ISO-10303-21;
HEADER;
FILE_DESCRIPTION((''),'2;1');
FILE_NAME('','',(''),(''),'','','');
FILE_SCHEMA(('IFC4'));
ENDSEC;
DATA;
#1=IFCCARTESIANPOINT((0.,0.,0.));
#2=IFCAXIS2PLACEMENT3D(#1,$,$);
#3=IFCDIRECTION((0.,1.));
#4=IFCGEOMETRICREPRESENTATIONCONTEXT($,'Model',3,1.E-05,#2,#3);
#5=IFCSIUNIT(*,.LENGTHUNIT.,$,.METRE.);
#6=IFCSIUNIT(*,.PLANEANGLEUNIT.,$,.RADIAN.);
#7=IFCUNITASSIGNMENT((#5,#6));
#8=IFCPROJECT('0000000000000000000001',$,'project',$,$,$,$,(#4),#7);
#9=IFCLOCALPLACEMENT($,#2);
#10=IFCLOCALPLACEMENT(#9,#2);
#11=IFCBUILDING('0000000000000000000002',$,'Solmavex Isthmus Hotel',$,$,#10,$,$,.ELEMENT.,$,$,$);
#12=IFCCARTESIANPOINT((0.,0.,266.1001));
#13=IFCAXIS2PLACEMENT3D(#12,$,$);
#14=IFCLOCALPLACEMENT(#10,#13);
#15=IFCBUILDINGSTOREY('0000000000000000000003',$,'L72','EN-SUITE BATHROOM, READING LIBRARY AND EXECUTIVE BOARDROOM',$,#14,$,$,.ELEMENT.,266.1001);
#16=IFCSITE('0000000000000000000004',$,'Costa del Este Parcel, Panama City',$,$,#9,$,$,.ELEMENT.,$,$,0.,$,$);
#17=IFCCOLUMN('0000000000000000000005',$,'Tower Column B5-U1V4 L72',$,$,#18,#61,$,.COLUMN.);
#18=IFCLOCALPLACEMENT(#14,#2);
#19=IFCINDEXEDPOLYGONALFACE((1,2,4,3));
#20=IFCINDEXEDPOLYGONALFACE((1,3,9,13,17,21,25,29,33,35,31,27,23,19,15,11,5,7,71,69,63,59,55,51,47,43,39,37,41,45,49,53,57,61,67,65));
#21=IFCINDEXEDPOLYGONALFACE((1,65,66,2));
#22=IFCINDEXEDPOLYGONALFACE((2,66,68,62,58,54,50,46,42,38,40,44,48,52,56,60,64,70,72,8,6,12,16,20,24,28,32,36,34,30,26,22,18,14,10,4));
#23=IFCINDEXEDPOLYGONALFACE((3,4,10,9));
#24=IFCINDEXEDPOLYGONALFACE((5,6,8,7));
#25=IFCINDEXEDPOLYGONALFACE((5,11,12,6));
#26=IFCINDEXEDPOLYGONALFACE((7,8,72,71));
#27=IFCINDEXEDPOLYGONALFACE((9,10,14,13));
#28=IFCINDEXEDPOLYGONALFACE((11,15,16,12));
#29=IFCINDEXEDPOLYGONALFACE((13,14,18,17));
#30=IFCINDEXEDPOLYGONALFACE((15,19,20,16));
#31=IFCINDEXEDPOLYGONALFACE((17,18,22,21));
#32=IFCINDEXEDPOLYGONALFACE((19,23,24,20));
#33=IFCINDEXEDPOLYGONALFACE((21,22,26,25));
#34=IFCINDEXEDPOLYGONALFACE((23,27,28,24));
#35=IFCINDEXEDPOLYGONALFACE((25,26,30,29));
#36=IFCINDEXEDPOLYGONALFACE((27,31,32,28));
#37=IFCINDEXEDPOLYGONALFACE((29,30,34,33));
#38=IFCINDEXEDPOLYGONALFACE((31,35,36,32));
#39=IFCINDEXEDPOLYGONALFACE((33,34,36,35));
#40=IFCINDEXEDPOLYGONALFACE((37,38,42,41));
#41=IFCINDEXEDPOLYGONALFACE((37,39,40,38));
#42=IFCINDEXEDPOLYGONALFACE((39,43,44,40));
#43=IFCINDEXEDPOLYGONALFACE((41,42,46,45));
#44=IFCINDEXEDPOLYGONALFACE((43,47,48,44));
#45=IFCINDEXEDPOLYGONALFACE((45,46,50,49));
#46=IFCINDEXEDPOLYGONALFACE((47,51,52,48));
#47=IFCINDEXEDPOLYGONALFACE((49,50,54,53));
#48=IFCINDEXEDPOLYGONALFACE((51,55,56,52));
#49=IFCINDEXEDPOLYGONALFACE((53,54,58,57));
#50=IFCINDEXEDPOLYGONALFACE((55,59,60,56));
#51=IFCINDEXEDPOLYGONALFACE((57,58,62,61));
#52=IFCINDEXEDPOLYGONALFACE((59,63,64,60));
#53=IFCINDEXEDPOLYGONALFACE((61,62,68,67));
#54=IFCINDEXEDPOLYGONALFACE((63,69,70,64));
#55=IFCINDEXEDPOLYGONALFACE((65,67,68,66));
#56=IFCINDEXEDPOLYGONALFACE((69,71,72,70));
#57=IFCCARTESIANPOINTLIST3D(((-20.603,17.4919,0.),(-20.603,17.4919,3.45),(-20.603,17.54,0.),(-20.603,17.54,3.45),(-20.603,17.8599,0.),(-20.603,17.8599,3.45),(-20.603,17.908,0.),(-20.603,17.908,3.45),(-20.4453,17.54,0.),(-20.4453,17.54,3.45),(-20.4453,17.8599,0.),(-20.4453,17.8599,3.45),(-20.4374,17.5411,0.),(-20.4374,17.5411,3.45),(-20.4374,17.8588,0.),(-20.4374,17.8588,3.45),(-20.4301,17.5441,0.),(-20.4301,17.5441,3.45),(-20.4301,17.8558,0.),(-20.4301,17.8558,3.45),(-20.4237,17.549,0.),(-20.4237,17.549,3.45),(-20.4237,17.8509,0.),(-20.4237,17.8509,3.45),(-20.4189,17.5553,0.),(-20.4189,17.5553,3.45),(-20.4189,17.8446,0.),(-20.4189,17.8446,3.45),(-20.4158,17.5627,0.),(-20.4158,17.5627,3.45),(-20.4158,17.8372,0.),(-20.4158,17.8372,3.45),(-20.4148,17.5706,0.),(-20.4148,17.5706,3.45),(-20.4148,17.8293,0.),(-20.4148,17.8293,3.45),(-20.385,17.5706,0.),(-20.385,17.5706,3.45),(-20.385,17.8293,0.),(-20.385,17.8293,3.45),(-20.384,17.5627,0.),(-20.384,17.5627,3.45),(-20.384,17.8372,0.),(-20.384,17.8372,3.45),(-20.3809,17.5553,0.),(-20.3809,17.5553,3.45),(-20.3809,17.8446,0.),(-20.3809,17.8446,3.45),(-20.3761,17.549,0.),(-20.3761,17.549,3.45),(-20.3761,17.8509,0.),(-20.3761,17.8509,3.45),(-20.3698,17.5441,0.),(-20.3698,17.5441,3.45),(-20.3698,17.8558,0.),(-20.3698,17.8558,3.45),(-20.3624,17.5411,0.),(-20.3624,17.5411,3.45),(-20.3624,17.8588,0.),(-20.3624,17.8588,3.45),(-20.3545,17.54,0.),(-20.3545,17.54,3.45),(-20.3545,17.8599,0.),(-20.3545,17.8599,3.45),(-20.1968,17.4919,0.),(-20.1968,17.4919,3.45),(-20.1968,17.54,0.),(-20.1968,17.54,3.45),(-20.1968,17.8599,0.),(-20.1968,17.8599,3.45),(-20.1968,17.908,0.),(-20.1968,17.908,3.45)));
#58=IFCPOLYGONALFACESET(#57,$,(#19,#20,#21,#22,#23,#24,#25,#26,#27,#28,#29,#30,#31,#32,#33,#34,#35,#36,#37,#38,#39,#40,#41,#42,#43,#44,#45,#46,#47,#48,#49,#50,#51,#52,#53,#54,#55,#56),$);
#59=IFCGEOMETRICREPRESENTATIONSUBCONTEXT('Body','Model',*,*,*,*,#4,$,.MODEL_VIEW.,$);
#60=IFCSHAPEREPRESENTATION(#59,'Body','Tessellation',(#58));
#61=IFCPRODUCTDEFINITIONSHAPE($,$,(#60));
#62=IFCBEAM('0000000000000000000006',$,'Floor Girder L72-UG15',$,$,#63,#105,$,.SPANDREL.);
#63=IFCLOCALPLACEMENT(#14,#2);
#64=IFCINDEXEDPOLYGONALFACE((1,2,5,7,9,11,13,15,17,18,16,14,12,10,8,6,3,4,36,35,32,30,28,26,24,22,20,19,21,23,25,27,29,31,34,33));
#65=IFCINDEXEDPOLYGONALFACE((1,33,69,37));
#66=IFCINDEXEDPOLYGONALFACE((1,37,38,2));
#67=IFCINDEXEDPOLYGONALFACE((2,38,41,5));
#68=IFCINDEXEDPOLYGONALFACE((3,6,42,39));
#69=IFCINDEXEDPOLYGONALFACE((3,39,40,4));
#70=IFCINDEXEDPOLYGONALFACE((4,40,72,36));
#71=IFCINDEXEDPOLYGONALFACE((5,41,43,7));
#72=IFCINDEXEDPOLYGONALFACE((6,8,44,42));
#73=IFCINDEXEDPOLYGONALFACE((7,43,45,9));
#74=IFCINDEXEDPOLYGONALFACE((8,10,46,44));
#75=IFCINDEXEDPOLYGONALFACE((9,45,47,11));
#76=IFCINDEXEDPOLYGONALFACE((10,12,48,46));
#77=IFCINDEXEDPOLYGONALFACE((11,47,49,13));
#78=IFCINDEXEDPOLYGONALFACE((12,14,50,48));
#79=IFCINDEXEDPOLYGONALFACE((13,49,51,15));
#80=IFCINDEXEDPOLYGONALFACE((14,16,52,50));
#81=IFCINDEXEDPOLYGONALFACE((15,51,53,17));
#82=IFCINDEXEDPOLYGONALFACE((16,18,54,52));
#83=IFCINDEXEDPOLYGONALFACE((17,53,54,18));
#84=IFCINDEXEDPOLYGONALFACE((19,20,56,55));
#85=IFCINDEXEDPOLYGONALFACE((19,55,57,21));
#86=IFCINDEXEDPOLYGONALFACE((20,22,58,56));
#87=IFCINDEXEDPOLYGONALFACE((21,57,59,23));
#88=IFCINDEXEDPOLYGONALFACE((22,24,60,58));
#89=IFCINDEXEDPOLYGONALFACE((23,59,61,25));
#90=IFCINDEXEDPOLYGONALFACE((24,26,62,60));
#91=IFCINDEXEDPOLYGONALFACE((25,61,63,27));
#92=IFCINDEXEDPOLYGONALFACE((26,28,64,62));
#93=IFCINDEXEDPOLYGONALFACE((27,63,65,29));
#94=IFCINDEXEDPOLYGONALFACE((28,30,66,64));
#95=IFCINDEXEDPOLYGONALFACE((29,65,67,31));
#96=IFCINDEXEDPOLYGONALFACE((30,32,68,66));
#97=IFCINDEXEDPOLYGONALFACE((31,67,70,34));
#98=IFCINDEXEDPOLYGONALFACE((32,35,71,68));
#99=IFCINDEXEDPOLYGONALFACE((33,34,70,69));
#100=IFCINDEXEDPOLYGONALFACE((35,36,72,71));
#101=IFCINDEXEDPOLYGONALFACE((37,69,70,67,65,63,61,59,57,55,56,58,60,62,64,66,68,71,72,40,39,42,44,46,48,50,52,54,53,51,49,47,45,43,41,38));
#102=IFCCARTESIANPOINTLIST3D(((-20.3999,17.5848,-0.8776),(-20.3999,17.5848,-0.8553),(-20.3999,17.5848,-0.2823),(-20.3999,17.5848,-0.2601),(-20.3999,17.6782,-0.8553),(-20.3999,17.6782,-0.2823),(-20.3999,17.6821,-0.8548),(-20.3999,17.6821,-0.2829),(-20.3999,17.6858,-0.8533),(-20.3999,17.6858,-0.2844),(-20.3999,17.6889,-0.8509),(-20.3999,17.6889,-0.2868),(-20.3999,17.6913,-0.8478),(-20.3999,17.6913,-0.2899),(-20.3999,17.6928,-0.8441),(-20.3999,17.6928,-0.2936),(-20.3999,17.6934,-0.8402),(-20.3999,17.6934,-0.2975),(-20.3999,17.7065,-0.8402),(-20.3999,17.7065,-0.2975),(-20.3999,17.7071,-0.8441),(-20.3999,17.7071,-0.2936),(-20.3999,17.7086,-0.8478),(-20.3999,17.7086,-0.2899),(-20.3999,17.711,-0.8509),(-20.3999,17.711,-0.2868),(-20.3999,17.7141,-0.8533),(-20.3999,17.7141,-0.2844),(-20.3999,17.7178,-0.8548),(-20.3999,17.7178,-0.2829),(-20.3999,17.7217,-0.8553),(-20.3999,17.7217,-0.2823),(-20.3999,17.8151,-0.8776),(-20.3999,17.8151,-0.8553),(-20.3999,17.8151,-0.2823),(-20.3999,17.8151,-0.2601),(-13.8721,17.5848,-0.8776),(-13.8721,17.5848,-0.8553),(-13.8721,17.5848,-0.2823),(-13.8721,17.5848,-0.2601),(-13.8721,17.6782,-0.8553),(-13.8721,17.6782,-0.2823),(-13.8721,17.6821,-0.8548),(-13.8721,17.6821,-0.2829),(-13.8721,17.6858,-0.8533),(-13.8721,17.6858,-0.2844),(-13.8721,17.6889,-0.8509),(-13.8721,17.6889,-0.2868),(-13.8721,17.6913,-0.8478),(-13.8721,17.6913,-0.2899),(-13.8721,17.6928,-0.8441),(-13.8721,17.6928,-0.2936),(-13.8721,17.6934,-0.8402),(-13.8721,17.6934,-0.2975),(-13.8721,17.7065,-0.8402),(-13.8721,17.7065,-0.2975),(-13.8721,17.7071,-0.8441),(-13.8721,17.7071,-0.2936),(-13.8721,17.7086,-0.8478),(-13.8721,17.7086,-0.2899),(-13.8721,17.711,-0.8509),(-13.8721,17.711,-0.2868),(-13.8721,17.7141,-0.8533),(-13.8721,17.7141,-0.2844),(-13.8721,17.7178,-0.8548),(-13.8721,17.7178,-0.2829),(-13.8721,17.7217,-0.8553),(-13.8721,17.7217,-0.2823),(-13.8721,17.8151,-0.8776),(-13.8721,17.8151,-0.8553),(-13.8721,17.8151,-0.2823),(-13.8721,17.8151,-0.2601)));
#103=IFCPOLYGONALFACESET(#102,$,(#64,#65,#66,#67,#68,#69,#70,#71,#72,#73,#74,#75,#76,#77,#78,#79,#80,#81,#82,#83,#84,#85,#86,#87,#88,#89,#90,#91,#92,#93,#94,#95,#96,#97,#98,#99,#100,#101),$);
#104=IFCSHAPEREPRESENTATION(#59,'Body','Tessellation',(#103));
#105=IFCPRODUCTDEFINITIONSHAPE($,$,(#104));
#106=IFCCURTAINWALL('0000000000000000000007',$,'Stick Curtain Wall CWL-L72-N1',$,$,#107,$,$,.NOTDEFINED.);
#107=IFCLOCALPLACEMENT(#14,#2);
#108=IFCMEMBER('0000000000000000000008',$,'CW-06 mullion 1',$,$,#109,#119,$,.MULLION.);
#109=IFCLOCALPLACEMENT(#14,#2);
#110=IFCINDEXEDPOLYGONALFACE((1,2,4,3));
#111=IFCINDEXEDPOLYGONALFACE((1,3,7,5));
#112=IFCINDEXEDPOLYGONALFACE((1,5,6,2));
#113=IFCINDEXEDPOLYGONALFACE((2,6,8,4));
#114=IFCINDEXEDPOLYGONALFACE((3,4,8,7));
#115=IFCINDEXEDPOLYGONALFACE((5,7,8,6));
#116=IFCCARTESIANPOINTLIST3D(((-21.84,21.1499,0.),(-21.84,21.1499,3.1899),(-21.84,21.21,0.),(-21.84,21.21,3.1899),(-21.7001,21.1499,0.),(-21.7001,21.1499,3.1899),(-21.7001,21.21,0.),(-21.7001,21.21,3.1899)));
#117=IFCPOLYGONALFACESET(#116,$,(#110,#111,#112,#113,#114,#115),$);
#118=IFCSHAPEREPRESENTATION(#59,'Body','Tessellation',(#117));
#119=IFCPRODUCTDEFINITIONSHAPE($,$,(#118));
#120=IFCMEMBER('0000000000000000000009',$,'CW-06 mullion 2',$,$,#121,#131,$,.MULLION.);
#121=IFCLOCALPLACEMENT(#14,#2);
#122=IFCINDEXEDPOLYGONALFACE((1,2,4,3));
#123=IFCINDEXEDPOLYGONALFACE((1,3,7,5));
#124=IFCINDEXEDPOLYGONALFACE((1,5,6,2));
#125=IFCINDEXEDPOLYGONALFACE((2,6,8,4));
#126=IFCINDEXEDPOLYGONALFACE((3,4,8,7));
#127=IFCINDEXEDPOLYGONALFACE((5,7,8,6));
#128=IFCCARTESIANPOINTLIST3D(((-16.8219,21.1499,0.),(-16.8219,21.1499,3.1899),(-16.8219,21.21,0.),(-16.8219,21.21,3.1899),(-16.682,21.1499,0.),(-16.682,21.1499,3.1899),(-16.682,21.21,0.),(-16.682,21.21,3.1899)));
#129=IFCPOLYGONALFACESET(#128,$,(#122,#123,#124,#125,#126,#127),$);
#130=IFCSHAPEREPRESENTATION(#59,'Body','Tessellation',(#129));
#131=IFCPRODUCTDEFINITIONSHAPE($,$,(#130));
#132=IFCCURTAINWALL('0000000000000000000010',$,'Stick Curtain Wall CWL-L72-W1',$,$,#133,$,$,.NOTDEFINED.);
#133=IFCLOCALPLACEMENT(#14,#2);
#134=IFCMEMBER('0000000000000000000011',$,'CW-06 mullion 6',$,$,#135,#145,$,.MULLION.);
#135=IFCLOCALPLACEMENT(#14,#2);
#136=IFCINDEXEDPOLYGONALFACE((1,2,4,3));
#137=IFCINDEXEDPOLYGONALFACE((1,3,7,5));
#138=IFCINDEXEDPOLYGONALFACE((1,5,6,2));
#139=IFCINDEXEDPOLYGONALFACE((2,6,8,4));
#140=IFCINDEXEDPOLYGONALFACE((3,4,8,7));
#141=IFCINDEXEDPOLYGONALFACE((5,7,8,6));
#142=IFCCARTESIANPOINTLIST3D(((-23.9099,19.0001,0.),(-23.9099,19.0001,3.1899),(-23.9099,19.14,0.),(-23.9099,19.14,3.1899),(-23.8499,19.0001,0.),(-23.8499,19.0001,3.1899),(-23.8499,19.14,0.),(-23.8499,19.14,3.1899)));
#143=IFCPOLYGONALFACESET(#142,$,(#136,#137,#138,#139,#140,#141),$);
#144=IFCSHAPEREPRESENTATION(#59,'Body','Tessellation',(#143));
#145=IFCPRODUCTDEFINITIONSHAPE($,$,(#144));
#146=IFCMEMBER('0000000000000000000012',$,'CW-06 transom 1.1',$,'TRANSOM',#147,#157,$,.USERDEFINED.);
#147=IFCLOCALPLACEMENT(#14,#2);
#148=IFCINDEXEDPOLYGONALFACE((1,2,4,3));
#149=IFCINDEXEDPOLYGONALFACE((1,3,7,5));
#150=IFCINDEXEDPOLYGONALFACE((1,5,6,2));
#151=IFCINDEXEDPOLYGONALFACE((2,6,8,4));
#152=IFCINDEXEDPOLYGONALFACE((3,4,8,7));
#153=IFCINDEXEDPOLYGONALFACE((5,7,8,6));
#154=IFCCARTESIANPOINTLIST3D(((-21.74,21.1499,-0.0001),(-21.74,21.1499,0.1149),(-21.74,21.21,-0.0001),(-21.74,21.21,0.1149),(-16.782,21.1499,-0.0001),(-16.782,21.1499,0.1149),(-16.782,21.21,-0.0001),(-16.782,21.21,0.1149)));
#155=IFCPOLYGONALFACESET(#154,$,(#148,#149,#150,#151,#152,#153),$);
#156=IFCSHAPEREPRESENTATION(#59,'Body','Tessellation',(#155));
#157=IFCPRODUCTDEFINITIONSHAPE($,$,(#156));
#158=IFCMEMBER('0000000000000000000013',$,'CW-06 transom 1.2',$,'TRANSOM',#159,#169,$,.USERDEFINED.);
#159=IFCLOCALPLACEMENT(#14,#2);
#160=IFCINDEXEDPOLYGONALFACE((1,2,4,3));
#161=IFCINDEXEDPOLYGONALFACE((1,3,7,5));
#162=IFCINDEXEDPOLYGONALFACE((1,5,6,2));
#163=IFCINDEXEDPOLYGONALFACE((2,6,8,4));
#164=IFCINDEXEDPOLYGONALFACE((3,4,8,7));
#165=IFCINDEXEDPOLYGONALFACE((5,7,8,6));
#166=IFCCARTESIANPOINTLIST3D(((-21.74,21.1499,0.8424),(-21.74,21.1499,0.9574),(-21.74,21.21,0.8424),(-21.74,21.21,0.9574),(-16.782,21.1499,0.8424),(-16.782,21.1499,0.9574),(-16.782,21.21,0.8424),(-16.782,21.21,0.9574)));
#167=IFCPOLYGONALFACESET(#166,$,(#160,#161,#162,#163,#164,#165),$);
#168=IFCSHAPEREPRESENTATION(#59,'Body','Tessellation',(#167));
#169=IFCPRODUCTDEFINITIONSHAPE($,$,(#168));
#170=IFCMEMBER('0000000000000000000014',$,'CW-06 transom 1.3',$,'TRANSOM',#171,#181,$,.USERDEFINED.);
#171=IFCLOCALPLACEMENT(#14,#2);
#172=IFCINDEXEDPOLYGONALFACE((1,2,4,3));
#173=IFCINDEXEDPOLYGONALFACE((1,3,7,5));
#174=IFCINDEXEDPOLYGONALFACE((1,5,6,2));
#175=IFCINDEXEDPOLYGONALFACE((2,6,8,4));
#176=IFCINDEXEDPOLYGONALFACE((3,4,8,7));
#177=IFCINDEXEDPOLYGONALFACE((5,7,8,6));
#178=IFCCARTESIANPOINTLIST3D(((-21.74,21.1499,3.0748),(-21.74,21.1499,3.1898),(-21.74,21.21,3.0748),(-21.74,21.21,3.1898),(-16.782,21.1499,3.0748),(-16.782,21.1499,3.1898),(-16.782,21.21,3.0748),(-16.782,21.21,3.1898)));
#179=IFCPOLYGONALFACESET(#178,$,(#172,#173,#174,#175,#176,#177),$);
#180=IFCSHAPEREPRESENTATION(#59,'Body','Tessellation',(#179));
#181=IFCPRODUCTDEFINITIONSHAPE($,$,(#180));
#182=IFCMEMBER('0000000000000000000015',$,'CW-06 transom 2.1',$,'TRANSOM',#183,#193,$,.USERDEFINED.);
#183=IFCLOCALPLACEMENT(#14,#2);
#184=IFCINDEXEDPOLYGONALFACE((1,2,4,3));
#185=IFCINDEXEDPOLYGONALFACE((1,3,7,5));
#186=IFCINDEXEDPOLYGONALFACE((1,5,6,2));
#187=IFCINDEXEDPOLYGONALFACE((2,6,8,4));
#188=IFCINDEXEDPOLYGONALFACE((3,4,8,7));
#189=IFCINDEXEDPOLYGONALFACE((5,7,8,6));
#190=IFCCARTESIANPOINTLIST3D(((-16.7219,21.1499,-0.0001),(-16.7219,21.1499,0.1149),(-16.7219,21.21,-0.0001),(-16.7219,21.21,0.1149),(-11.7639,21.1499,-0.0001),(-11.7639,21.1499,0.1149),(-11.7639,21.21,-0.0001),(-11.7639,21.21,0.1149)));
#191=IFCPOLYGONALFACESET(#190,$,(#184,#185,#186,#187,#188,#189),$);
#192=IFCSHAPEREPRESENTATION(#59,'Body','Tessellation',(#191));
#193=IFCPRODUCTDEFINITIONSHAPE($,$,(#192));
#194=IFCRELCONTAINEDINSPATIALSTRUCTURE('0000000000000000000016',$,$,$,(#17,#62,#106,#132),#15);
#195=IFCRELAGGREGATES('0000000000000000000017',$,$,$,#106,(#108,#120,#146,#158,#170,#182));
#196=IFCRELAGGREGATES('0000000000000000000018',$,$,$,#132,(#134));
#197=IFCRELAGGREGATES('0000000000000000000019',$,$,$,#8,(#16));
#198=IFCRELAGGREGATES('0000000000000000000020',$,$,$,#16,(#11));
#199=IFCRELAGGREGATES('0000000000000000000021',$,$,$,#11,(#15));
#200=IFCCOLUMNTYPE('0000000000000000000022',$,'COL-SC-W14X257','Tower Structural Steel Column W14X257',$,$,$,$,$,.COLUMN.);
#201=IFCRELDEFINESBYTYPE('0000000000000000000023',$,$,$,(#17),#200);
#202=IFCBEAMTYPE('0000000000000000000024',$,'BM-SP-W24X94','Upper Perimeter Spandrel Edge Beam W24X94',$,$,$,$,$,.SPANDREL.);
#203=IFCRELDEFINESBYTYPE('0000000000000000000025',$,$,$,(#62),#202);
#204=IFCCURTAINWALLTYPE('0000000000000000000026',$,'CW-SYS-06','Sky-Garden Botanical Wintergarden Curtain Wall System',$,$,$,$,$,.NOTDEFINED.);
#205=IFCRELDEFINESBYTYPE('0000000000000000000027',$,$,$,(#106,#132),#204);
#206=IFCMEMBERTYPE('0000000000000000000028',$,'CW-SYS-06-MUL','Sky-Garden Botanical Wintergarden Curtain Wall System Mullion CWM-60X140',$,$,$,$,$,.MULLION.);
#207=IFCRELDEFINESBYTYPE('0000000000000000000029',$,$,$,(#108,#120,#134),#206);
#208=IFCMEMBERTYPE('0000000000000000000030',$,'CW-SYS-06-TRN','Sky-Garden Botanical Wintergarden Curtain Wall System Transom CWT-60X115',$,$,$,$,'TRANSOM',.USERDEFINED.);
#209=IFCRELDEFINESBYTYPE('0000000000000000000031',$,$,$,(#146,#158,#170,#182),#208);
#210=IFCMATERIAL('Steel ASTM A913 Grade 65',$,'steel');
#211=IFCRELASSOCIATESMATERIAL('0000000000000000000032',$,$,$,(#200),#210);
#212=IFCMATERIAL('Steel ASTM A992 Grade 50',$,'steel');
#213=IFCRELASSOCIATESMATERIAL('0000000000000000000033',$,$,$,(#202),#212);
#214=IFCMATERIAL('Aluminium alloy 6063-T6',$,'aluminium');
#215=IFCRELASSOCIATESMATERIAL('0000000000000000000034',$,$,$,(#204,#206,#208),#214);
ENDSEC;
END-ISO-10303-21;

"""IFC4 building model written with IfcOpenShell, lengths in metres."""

from ifc_helpers import new_model, si_unit, direction, frame, origin, origin_2d, place, context, subcontext, project, spatial, rectangle, i_section, extrude, material, material_profile, profile_set, type_object, element, aggregate, save


model = new_model("IFC4")

# Units and contexts
model_context = context("Model", 3, precision=1e-05, world=origin(), true_north=direction((0.0, 1.0)))
body_context = subcontext(model_context, "Body", "Model", "MODEL_VIEW")
ifc_project = project(units=[si_unit("LENGTHUNIT", "METRE"), si_unit("PLANEANGLEUNIT", "RADIAN")], contexts=[model_context])

# Site, building, storey
site_placement = place(None, origin())
site = spatial("IfcSite", under=ifc_project, at=site_placement, Name="Costa del Este Parcel, Panama City", CompositionType="ELEMENT", RefElevation=0.0)
building_placement = place(site_placement, origin())
building = spatial("IfcBuilding", under=site, at=building_placement, Name="Solmavex Isthmus Hotel", CompositionType="ELEMENT")
storey_placement = place(building_placement, frame((0.0, 0.0, 266.1001)))
storey = spatial("IfcBuildingStorey", under=building, at=storey_placement, Name="L72", Description="EN-SUITE BATHROOM, READING LIBRARY AND EXECUTIVE BOARDROOM", CompositionType="ELEMENT", Elevation=266.1001)

# Column
ifc_material_1 = material(Name="Steel ASTM A913 Grade 65", Category="steel")
ifc_material_profile_1 = material_profile(ifc_material_1, i_section(OverallWidth=0.4062, OverallDepth=0.416, WebThickness=0.0298, FlangeThickness=0.0481, FilletRadius=0.0305, at=origin_2d()), Name="W14X257")
ifc_profile_set_1 = profile_set([ifc_material_profile_1], Name="Steel ASTM A913 Grade 65")
column_type = type_object("IfcColumnType", Name="COL-SC-W14X257", Description="Tower Structural Steel Column W14X257", PredefinedType="COLUMN", material=ifc_profile_set_1)
column_placement = place(storey_placement, frame((-20.3999, 17.7, 0.0), z_axis=(0.0, 0.0, 1.0), x_axis=(1.0, 0.0, 0.0)))
element("IfcColumn", 1, at=column_placement, inside=storey, type_object=column_type, Name="Tower Column B5-U1V4 L72", PredefinedType="COLUMN", context=body_context, shape_type="SweptSolid", body=[
    extrude(i_section(OverallWidth=0.4062, OverallDepth=0.416, WebThickness=0.0298, FlangeThickness=0.0481, FilletRadius=0.0305, at=origin_2d()), origin(), (0.0, 0.0, 1.0), 3.45),
])

# Beam
ifc_material_2 = material(Name="Steel ASTM A992 Grade 50", Category="steel")
ifc_material_profile_2 = material_profile(ifc_material_2, i_section(OverallWidth=0.2302, OverallDepth=0.6174, WebThickness=0.0132, FlangeThickness=0.0222, FilletRadius=0.0151, at=origin_2d()), Name="W24X94")
ifc_profile_set_2 = profile_set([ifc_material_profile_2], Name="Steel ASTM A992 Grade 50")
beam_type = type_object("IfcBeamType", Name="BM-SP-W24X94", Description="Upper Perimeter Spandrel Edge Beam W24X94", PredefinedType="SPANDREL", material=ifc_profile_set_2)
beam_placement = place(storey_placement, frame((-20.3999, 17.7, -0.5688), z_axis=(1.0, 0.0, 0.0), x_axis=(0.0, 1.0, 0.0)))
element("IfcBeam", 2, at=beam_placement, inside=storey, type_object=beam_type, Name="Floor Girder L72-UG15", PredefinedType="SPANDREL", context=body_context, shape_type="SweptSolid", body=[
    extrude(i_section(OverallWidth=0.2302, OverallDepth=0.6174, WebThickness=0.0132, FlangeThickness=0.0222, FilletRadius=0.0151, at=origin_2d()), origin(), (0.0, 0.0, 1.0), 6.5278),
])

# Curtain wall, members
ifc_material_3 = material(Name="Aluminium alloy 6063-T6", Category="aluminium")
curtain_wall_type = type_object("IfcCurtainWallType", Name="CW-SYS-06", Description="Sky-Garden Botanical Wintergarden Curtain Wall System", PredefinedType="NOTDEFINED", material=ifc_material_3)
curtain_wall_1_placement = place(storey_placement, origin())
curtain_wall_1 = element("IfcCurtainWall", 3, at=curtain_wall_1_placement, inside=storey, type_object=curtain_wall_type, Name="Stick Curtain Wall CWL-L72-N1", PredefinedType="NOTDEFINED")
ifc_material_profile_3 = material_profile(ifc_material_3, rectangle(XDim=0.0601, YDim=0.1399, at=origin_2d()), Name="CWM-60X140")
ifc_profile_set_3 = profile_set([ifc_material_profile_3], Name="Aluminium alloy 6063-T6")
member_type_1 = type_object("IfcMemberType", Name="CW-SYS-06-MUL", Description="Sky-Garden Botanical Wintergarden Curtain Wall System Mullion CWM-60X140", PredefinedType="MULLION", material=ifc_profile_set_3)
member_1_placement = place(storey_placement, frame((-21.77, 21.1799, 0.0), z_axis=(0.0, 0.0, 1.0), x_axis=(0.0, 1.0, 0.0)))
member_1 = element("IfcMember", 4, at=member_1_placement, type_object=member_type_1, Name="CW-06 mullion 1", PredefinedType="MULLION", context=body_context, shape_type="SweptSolid", body=[
    extrude(rectangle(XDim=0.0601, YDim=0.1399, at=origin_2d()), origin(), (0.0, 0.0, 1.0), 3.1899),
])
member_2_placement = place(storey_placement, frame((-16.752, 21.1799, 0.0), z_axis=(0.0, 0.0, 1.0), x_axis=(0.0, 1.0, 0.0)))
member_2 = element("IfcMember", 5, at=member_2_placement, type_object=member_type_1, Name="CW-06 mullion 2", PredefinedType="MULLION", context=body_context, shape_type="SweptSolid", body=[
    extrude(rectangle(XDim=0.0601, YDim=0.1399, at=origin_2d()), origin(), (0.0, 0.0, 1.0), 3.1899),
])

# Curtain wall, member
curtain_wall_2_placement = place(storey_placement, origin())
curtain_wall_2 = element("IfcCurtainWall", 6, at=curtain_wall_2_placement, inside=storey, type_object=curtain_wall_type, Name="Stick Curtain Wall CWL-L72-W1", PredefinedType="NOTDEFINED")
member_3_placement = place(storey_placement, frame((-23.8799, 19.0701, 0.0), z_axis=(0.0, 0.0, 1.0), x_axis=(-1.0, 0.0, 0.0)))
member_3 = element("IfcMember", 7, at=member_3_placement, type_object=member_type_1, Name="CW-06 mullion 6", PredefinedType="MULLION", context=body_context, shape_type="SweptSolid", body=[
    extrude(rectangle(XDim=0.0601, YDim=0.1399, at=origin_2d()), origin(), (0.0, 0.0, 1.0), 3.1899),
])

# Members
ifc_material_profile_4 = material_profile(ifc_material_3, rectangle(XDim=0.0601, YDim=0.115, at=origin_2d()), Name="CWT-60X115")
ifc_profile_set_4 = profile_set([ifc_material_profile_4], Name="Aluminium alloy 6063-T6")
member_type_2 = type_object("IfcMemberType", Name="CW-SYS-06-TRN", Description="Sky-Garden Botanical Wintergarden Curtain Wall System Transom CWT-60X115", ElementType="TRANSOM", PredefinedType="USERDEFINED", material=ifc_profile_set_4)
member_4_placement = place(storey_placement, frame((-21.74, 21.1799, 0.0574), z_axis=(1.0, 0.0, 0.0), x_axis=(0.0, 1.0, 0.0)))
member_4 = element("IfcMember", 8, at=member_4_placement, type_object=member_type_2, Name="CW-06 transom 1.1", ObjectType="TRANSOM", PredefinedType="USERDEFINED", context=body_context, shape_type="SweptSolid", body=[
    extrude(rectangle(XDim=0.0601, YDim=0.115, at=origin_2d()), origin(), (0.0, 0.0, 1.0), 4.958),
])
member_5_placement = place(storey_placement, frame((-21.74, 21.1799, 0.8999), z_axis=(1.0, 0.0, 0.0), x_axis=(0.0, 1.0, 0.0)))
member_5 = element("IfcMember", 9, at=member_5_placement, type_object=member_type_2, Name="CW-06 transom 1.2", ObjectType="TRANSOM", PredefinedType="USERDEFINED", context=body_context, shape_type="SweptSolid", body=[
    extrude(rectangle(XDim=0.0601, YDim=0.115, at=origin_2d()), origin(), (0.0, 0.0, 1.0), 4.958),
])
member_6_placement = place(storey_placement, frame((-21.74, 21.1799, 3.1323), z_axis=(1.0, 0.0, 0.0), x_axis=(0.0, 1.0, 0.0)))
member_6 = element("IfcMember", 10, at=member_6_placement, type_object=member_type_2, Name="CW-06 transom 1.3", ObjectType="TRANSOM", PredefinedType="USERDEFINED", context=body_context, shape_type="SweptSolid", body=[
    extrude(rectangle(XDim=0.0601, YDim=0.115, at=origin_2d()), origin(), (0.0, 0.0, 1.0), 4.958),
])
member_7_placement = place(storey_placement, frame((-16.7219, 21.1799, 0.0574), z_axis=(1.0, 0.0, 0.0), x_axis=(0.0, 1.0, 0.0)))
member_7 = element("IfcMember", 11, at=member_7_placement, type_object=member_type_2, Name="CW-06 transom 2.1", ObjectType="TRANSOM", PredefinedType="USERDEFINED", context=body_context, shape_type="SweptSolid", body=[
    extrude(rectangle(XDim=0.0601, YDim=0.115, at=origin_2d()), origin(), (0.0, 0.0, 1.0), 4.958),
])

aggregate(curtain_wall_1, [member_1, member_2, member_4, member_5, member_6, member_7])
aggregate(curtain_wall_2, [member_3])

save(model, "model.ifc")
